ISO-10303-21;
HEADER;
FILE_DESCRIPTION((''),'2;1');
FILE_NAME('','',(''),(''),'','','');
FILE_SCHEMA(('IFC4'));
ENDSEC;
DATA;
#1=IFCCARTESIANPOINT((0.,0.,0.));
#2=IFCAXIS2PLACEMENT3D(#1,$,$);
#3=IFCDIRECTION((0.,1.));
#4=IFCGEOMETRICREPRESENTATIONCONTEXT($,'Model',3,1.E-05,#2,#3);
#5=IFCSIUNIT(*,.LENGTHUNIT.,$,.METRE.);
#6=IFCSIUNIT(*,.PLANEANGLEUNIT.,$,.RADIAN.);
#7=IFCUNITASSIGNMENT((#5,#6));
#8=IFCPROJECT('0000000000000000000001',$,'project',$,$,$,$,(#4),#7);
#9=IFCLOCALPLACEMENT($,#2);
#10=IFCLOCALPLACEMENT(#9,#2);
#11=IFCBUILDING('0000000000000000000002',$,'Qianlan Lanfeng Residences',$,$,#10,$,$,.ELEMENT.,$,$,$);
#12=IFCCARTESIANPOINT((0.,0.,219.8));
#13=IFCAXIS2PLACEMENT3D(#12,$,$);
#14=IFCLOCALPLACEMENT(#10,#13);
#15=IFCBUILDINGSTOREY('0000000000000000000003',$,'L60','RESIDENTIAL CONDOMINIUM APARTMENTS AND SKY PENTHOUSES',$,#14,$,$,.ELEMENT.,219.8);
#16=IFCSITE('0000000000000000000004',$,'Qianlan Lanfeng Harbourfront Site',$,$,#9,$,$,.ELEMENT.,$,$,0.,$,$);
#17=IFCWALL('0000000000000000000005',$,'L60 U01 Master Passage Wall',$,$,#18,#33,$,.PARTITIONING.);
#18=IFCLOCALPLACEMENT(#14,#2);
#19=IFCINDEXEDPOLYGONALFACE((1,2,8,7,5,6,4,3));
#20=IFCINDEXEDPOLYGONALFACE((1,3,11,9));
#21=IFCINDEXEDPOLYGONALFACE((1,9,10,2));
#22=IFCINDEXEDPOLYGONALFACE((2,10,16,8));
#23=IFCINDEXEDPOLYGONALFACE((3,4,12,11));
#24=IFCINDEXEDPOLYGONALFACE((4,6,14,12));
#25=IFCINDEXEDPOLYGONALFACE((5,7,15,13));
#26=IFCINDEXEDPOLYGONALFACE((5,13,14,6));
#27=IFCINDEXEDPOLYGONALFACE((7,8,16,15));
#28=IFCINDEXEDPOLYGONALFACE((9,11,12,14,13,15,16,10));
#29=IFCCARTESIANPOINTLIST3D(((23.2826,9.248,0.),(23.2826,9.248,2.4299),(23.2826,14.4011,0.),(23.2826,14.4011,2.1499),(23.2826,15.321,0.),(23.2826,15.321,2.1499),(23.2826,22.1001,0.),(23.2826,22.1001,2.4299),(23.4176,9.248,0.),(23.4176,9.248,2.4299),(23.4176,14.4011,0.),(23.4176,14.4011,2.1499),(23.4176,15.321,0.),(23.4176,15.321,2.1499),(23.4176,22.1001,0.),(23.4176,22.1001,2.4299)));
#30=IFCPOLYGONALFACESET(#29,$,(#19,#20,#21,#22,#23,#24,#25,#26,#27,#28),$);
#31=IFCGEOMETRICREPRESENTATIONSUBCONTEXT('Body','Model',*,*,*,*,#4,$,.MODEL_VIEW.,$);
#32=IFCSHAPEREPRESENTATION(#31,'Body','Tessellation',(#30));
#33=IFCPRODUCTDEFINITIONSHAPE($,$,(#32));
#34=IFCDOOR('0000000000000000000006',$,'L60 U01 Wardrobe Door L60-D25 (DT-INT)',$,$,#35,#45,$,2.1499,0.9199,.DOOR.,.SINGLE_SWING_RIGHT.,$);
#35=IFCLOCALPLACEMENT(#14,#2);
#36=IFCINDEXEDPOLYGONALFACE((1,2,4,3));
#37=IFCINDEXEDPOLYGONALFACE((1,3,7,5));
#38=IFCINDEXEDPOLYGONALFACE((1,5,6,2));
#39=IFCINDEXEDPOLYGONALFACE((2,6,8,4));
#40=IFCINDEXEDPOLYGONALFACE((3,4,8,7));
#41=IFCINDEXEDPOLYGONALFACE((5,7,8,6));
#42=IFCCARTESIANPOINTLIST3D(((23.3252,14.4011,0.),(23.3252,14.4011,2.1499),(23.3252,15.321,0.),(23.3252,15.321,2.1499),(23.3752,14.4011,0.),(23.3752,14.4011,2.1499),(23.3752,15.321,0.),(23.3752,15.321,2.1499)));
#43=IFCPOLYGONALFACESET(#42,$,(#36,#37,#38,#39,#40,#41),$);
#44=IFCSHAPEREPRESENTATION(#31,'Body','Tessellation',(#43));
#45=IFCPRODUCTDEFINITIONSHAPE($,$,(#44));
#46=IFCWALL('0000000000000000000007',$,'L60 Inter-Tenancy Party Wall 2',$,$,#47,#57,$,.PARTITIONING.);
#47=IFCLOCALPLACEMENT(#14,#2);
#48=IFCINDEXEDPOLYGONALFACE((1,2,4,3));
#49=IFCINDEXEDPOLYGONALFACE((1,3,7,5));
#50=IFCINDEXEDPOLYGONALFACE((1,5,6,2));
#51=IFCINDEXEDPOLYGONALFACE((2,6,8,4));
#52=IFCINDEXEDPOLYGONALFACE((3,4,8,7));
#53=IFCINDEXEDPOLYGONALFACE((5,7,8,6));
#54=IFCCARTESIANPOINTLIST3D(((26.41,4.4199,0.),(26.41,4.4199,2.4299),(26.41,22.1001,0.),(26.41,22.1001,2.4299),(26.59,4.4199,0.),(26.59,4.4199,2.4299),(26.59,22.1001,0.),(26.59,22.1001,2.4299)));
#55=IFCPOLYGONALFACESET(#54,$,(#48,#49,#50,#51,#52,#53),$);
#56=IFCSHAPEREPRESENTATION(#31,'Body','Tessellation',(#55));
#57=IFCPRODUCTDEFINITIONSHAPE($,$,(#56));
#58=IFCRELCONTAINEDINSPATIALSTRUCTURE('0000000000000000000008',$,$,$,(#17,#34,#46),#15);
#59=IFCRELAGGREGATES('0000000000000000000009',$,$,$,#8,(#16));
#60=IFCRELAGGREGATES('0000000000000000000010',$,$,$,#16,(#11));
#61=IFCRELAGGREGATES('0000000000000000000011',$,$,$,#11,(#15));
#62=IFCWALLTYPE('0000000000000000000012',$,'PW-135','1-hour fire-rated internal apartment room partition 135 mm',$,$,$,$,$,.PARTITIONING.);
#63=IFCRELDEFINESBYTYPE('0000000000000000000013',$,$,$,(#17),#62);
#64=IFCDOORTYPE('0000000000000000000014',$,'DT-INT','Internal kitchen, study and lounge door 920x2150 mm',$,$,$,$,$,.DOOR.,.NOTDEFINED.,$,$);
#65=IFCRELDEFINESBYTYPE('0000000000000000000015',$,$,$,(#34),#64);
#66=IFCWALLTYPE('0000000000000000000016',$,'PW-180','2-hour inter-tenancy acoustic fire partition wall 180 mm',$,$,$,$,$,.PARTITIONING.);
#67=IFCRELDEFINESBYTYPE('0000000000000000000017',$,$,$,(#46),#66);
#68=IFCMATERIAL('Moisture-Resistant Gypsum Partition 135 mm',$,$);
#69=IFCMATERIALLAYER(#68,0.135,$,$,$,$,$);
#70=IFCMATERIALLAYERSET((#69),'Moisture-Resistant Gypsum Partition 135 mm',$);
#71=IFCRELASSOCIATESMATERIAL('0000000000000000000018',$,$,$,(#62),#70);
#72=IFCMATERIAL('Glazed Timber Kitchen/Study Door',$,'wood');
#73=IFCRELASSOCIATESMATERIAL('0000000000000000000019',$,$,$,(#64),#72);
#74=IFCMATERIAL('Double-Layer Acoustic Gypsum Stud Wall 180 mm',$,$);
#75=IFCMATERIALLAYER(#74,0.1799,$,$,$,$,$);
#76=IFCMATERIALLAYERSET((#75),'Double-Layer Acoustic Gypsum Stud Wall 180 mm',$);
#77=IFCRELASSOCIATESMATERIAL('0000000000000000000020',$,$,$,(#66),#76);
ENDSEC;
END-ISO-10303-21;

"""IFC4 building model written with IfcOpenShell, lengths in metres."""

from ifc_helpers import new_model, si_unit, direction, frame, frame_2d, origin, place, context, subcontext, project, spatial, rectangle, extrude, material, layer, layer_set, type_object, element, fill, save


model = new_model("IFC4")

# Units and contexts
model_context = context("Model", 3, precision=1e-05, world=origin(), true_north=direction((0.0, 1.0)))
body_context = subcontext(model_context, "Body", "Model", "MODEL_VIEW")
ifc_project = project(units=[si_unit("LENGTHUNIT", "METRE"), si_unit("PLANEANGLEUNIT", "RADIAN")], contexts=[model_context])

# Site, building, storey
site_placement = place(None, origin())
site = spatial("IfcSite", under=ifc_project, at=site_placement, Name="Qianlan Lanfeng Harbourfront Site", CompositionType="ELEMENT", RefElevation=0.0)
building_placement = place(site_placement, origin())
building = spatial("IfcBuilding", under=site, at=building_placement, Name="Qianlan Lanfeng Residences", CompositionType="ELEMENT")
storey_placement = place(building_placement, frame((0.0, 0.0, 219.8)))
storey = spatial("IfcBuildingStorey", under=building, at=storey_placement, Name="L60", Description="RESIDENTIAL CONDOMINIUM APARTMENTS AND SKY PENTHOUSES", CompositionType="ELEMENT", Elevation=219.8)

# Wall, opening, door
ifc_material_1 = material(Name="Moisture-Resistant Gypsum Partition 135 mm")
ifc_layer_1 = layer(ifc_material_1, 0.135)
ifc_layer_set_1 = layer_set([ifc_layer_1], Name="Moisture-Resistant Gypsum Partition 135 mm")
wall_type_1 = type_object("IfcWallType", Name="PW-135", Description="1-hour fire-rated internal apartment room partition 135 mm", PredefinedType="PARTITIONING", material=ifc_layer_set_1)
wall_1_placement = place(storey_placement, frame((23.3501, 9.248, 0.0), z_axis=(0.0, 0.0, 1.0), x_axis=(0.0, 1.0, 0.0)))
wall_1 = element("IfcWall", 1, at=wall_1_placement, inside=storey, type_object=wall_type_1, Name="L60 U01 Master Passage Wall", PredefinedType="PARTITIONING", context=body_context, shape_type="SweptSolid", body=[
    extrude(rectangle(XDim=12.8521, YDim=0.135, at=frame_2d((6.426, 0.0))), origin(), (0.0, 0.0, 1.0), 2.4299),
])
opening_1_placement = place(wall_1_placement, frame((5.1531, 0.0, 0.0)))
opening_1 = element("IfcOpeningElement", 2, at=opening_1_placement, cuts=wall_1, PredefinedType="OPENING", context=body_context, shape_type="SweptSolid", body=[
    extrude(rectangle(XDim=0.9199, YDim=2.1499, at=frame_2d((0.46, 1.075))), frame((0.0, 0.0776, 0.0), z_axis=(0.0, -1.0, 0.0), x_axis=(1.0, 0.0, 0.0)), (0.0, 0.0, 1.0), 0.155),
])
ifc_material_2 = material(Name="Glazed Timber Kitchen/Study Door", Category="wood")
door_type_1 = type_object("IfcDoorType", Name="DT-INT", Description="Internal kitchen, study and lounge door 920x2150 mm", OperationType="NOTDEFINED", PredefinedType="DOOR", material=ifc_material_2)
door_1_placement = place(opening_1_placement, origin())
door_1 = element("IfcDoor", 3, at=door_1_placement, inside=storey, type_object=door_type_1, Name="L60 U01 Wardrobe Door L60-D25 (DT-INT)", OperationType="SINGLE_SWING_RIGHT", OverallHeight=2.1499, OverallWidth=0.9199, PredefinedType="DOOR", context=body_context, shape_type="SweptSolid", body=[
    extrude(rectangle(XDim=0.9199, YDim=2.1499, at=frame_2d((0.46, 1.075))), frame((0.0, 0.0249, 0.0), z_axis=(0.0, -1.0, 0.0), x_axis=(1.0, 0.0, 0.0)), (0.0, 0.0, 1.0), 0.05),
])
fill(opening_1, door_1)

# Wall
ifc_material_3 = material(Name="Double-Layer Acoustic Gypsum Stud Wall 180 mm")
ifc_layer_2 = layer(ifc_material_3, 0.1799)
ifc_layer_set_2 = layer_set([ifc_layer_2], Name="Double-Layer Acoustic Gypsum Stud Wall 180 mm")
wall_type_2 = type_object("IfcWallType", Name="PW-180", Description="2-hour inter-tenancy acoustic fire partition wall 180 mm", PredefinedType="PARTITIONING", material=ifc_layer_set_2)
wall_2_placement = place(storey_placement, frame((26.5, 4.4199, 0.0), z_axis=(0.0, 0.0, 1.0), x_axis=(0.0, 1.0, 0.0)))
element("IfcWall", 4, at=wall_2_placement, inside=storey, type_object=wall_type_2, Name="L60 Inter-Tenancy Party Wall 2", PredefinedType="PARTITIONING", context=body_context, shape_type="SweptSolid", body=[
    extrude(rectangle(XDim=17.6802, YDim=0.1799, at=frame_2d((8.8401, 0.0))), origin(), (0.0, 0.0, 1.0), 2.4299),
])

save(model, "model.ifc")
